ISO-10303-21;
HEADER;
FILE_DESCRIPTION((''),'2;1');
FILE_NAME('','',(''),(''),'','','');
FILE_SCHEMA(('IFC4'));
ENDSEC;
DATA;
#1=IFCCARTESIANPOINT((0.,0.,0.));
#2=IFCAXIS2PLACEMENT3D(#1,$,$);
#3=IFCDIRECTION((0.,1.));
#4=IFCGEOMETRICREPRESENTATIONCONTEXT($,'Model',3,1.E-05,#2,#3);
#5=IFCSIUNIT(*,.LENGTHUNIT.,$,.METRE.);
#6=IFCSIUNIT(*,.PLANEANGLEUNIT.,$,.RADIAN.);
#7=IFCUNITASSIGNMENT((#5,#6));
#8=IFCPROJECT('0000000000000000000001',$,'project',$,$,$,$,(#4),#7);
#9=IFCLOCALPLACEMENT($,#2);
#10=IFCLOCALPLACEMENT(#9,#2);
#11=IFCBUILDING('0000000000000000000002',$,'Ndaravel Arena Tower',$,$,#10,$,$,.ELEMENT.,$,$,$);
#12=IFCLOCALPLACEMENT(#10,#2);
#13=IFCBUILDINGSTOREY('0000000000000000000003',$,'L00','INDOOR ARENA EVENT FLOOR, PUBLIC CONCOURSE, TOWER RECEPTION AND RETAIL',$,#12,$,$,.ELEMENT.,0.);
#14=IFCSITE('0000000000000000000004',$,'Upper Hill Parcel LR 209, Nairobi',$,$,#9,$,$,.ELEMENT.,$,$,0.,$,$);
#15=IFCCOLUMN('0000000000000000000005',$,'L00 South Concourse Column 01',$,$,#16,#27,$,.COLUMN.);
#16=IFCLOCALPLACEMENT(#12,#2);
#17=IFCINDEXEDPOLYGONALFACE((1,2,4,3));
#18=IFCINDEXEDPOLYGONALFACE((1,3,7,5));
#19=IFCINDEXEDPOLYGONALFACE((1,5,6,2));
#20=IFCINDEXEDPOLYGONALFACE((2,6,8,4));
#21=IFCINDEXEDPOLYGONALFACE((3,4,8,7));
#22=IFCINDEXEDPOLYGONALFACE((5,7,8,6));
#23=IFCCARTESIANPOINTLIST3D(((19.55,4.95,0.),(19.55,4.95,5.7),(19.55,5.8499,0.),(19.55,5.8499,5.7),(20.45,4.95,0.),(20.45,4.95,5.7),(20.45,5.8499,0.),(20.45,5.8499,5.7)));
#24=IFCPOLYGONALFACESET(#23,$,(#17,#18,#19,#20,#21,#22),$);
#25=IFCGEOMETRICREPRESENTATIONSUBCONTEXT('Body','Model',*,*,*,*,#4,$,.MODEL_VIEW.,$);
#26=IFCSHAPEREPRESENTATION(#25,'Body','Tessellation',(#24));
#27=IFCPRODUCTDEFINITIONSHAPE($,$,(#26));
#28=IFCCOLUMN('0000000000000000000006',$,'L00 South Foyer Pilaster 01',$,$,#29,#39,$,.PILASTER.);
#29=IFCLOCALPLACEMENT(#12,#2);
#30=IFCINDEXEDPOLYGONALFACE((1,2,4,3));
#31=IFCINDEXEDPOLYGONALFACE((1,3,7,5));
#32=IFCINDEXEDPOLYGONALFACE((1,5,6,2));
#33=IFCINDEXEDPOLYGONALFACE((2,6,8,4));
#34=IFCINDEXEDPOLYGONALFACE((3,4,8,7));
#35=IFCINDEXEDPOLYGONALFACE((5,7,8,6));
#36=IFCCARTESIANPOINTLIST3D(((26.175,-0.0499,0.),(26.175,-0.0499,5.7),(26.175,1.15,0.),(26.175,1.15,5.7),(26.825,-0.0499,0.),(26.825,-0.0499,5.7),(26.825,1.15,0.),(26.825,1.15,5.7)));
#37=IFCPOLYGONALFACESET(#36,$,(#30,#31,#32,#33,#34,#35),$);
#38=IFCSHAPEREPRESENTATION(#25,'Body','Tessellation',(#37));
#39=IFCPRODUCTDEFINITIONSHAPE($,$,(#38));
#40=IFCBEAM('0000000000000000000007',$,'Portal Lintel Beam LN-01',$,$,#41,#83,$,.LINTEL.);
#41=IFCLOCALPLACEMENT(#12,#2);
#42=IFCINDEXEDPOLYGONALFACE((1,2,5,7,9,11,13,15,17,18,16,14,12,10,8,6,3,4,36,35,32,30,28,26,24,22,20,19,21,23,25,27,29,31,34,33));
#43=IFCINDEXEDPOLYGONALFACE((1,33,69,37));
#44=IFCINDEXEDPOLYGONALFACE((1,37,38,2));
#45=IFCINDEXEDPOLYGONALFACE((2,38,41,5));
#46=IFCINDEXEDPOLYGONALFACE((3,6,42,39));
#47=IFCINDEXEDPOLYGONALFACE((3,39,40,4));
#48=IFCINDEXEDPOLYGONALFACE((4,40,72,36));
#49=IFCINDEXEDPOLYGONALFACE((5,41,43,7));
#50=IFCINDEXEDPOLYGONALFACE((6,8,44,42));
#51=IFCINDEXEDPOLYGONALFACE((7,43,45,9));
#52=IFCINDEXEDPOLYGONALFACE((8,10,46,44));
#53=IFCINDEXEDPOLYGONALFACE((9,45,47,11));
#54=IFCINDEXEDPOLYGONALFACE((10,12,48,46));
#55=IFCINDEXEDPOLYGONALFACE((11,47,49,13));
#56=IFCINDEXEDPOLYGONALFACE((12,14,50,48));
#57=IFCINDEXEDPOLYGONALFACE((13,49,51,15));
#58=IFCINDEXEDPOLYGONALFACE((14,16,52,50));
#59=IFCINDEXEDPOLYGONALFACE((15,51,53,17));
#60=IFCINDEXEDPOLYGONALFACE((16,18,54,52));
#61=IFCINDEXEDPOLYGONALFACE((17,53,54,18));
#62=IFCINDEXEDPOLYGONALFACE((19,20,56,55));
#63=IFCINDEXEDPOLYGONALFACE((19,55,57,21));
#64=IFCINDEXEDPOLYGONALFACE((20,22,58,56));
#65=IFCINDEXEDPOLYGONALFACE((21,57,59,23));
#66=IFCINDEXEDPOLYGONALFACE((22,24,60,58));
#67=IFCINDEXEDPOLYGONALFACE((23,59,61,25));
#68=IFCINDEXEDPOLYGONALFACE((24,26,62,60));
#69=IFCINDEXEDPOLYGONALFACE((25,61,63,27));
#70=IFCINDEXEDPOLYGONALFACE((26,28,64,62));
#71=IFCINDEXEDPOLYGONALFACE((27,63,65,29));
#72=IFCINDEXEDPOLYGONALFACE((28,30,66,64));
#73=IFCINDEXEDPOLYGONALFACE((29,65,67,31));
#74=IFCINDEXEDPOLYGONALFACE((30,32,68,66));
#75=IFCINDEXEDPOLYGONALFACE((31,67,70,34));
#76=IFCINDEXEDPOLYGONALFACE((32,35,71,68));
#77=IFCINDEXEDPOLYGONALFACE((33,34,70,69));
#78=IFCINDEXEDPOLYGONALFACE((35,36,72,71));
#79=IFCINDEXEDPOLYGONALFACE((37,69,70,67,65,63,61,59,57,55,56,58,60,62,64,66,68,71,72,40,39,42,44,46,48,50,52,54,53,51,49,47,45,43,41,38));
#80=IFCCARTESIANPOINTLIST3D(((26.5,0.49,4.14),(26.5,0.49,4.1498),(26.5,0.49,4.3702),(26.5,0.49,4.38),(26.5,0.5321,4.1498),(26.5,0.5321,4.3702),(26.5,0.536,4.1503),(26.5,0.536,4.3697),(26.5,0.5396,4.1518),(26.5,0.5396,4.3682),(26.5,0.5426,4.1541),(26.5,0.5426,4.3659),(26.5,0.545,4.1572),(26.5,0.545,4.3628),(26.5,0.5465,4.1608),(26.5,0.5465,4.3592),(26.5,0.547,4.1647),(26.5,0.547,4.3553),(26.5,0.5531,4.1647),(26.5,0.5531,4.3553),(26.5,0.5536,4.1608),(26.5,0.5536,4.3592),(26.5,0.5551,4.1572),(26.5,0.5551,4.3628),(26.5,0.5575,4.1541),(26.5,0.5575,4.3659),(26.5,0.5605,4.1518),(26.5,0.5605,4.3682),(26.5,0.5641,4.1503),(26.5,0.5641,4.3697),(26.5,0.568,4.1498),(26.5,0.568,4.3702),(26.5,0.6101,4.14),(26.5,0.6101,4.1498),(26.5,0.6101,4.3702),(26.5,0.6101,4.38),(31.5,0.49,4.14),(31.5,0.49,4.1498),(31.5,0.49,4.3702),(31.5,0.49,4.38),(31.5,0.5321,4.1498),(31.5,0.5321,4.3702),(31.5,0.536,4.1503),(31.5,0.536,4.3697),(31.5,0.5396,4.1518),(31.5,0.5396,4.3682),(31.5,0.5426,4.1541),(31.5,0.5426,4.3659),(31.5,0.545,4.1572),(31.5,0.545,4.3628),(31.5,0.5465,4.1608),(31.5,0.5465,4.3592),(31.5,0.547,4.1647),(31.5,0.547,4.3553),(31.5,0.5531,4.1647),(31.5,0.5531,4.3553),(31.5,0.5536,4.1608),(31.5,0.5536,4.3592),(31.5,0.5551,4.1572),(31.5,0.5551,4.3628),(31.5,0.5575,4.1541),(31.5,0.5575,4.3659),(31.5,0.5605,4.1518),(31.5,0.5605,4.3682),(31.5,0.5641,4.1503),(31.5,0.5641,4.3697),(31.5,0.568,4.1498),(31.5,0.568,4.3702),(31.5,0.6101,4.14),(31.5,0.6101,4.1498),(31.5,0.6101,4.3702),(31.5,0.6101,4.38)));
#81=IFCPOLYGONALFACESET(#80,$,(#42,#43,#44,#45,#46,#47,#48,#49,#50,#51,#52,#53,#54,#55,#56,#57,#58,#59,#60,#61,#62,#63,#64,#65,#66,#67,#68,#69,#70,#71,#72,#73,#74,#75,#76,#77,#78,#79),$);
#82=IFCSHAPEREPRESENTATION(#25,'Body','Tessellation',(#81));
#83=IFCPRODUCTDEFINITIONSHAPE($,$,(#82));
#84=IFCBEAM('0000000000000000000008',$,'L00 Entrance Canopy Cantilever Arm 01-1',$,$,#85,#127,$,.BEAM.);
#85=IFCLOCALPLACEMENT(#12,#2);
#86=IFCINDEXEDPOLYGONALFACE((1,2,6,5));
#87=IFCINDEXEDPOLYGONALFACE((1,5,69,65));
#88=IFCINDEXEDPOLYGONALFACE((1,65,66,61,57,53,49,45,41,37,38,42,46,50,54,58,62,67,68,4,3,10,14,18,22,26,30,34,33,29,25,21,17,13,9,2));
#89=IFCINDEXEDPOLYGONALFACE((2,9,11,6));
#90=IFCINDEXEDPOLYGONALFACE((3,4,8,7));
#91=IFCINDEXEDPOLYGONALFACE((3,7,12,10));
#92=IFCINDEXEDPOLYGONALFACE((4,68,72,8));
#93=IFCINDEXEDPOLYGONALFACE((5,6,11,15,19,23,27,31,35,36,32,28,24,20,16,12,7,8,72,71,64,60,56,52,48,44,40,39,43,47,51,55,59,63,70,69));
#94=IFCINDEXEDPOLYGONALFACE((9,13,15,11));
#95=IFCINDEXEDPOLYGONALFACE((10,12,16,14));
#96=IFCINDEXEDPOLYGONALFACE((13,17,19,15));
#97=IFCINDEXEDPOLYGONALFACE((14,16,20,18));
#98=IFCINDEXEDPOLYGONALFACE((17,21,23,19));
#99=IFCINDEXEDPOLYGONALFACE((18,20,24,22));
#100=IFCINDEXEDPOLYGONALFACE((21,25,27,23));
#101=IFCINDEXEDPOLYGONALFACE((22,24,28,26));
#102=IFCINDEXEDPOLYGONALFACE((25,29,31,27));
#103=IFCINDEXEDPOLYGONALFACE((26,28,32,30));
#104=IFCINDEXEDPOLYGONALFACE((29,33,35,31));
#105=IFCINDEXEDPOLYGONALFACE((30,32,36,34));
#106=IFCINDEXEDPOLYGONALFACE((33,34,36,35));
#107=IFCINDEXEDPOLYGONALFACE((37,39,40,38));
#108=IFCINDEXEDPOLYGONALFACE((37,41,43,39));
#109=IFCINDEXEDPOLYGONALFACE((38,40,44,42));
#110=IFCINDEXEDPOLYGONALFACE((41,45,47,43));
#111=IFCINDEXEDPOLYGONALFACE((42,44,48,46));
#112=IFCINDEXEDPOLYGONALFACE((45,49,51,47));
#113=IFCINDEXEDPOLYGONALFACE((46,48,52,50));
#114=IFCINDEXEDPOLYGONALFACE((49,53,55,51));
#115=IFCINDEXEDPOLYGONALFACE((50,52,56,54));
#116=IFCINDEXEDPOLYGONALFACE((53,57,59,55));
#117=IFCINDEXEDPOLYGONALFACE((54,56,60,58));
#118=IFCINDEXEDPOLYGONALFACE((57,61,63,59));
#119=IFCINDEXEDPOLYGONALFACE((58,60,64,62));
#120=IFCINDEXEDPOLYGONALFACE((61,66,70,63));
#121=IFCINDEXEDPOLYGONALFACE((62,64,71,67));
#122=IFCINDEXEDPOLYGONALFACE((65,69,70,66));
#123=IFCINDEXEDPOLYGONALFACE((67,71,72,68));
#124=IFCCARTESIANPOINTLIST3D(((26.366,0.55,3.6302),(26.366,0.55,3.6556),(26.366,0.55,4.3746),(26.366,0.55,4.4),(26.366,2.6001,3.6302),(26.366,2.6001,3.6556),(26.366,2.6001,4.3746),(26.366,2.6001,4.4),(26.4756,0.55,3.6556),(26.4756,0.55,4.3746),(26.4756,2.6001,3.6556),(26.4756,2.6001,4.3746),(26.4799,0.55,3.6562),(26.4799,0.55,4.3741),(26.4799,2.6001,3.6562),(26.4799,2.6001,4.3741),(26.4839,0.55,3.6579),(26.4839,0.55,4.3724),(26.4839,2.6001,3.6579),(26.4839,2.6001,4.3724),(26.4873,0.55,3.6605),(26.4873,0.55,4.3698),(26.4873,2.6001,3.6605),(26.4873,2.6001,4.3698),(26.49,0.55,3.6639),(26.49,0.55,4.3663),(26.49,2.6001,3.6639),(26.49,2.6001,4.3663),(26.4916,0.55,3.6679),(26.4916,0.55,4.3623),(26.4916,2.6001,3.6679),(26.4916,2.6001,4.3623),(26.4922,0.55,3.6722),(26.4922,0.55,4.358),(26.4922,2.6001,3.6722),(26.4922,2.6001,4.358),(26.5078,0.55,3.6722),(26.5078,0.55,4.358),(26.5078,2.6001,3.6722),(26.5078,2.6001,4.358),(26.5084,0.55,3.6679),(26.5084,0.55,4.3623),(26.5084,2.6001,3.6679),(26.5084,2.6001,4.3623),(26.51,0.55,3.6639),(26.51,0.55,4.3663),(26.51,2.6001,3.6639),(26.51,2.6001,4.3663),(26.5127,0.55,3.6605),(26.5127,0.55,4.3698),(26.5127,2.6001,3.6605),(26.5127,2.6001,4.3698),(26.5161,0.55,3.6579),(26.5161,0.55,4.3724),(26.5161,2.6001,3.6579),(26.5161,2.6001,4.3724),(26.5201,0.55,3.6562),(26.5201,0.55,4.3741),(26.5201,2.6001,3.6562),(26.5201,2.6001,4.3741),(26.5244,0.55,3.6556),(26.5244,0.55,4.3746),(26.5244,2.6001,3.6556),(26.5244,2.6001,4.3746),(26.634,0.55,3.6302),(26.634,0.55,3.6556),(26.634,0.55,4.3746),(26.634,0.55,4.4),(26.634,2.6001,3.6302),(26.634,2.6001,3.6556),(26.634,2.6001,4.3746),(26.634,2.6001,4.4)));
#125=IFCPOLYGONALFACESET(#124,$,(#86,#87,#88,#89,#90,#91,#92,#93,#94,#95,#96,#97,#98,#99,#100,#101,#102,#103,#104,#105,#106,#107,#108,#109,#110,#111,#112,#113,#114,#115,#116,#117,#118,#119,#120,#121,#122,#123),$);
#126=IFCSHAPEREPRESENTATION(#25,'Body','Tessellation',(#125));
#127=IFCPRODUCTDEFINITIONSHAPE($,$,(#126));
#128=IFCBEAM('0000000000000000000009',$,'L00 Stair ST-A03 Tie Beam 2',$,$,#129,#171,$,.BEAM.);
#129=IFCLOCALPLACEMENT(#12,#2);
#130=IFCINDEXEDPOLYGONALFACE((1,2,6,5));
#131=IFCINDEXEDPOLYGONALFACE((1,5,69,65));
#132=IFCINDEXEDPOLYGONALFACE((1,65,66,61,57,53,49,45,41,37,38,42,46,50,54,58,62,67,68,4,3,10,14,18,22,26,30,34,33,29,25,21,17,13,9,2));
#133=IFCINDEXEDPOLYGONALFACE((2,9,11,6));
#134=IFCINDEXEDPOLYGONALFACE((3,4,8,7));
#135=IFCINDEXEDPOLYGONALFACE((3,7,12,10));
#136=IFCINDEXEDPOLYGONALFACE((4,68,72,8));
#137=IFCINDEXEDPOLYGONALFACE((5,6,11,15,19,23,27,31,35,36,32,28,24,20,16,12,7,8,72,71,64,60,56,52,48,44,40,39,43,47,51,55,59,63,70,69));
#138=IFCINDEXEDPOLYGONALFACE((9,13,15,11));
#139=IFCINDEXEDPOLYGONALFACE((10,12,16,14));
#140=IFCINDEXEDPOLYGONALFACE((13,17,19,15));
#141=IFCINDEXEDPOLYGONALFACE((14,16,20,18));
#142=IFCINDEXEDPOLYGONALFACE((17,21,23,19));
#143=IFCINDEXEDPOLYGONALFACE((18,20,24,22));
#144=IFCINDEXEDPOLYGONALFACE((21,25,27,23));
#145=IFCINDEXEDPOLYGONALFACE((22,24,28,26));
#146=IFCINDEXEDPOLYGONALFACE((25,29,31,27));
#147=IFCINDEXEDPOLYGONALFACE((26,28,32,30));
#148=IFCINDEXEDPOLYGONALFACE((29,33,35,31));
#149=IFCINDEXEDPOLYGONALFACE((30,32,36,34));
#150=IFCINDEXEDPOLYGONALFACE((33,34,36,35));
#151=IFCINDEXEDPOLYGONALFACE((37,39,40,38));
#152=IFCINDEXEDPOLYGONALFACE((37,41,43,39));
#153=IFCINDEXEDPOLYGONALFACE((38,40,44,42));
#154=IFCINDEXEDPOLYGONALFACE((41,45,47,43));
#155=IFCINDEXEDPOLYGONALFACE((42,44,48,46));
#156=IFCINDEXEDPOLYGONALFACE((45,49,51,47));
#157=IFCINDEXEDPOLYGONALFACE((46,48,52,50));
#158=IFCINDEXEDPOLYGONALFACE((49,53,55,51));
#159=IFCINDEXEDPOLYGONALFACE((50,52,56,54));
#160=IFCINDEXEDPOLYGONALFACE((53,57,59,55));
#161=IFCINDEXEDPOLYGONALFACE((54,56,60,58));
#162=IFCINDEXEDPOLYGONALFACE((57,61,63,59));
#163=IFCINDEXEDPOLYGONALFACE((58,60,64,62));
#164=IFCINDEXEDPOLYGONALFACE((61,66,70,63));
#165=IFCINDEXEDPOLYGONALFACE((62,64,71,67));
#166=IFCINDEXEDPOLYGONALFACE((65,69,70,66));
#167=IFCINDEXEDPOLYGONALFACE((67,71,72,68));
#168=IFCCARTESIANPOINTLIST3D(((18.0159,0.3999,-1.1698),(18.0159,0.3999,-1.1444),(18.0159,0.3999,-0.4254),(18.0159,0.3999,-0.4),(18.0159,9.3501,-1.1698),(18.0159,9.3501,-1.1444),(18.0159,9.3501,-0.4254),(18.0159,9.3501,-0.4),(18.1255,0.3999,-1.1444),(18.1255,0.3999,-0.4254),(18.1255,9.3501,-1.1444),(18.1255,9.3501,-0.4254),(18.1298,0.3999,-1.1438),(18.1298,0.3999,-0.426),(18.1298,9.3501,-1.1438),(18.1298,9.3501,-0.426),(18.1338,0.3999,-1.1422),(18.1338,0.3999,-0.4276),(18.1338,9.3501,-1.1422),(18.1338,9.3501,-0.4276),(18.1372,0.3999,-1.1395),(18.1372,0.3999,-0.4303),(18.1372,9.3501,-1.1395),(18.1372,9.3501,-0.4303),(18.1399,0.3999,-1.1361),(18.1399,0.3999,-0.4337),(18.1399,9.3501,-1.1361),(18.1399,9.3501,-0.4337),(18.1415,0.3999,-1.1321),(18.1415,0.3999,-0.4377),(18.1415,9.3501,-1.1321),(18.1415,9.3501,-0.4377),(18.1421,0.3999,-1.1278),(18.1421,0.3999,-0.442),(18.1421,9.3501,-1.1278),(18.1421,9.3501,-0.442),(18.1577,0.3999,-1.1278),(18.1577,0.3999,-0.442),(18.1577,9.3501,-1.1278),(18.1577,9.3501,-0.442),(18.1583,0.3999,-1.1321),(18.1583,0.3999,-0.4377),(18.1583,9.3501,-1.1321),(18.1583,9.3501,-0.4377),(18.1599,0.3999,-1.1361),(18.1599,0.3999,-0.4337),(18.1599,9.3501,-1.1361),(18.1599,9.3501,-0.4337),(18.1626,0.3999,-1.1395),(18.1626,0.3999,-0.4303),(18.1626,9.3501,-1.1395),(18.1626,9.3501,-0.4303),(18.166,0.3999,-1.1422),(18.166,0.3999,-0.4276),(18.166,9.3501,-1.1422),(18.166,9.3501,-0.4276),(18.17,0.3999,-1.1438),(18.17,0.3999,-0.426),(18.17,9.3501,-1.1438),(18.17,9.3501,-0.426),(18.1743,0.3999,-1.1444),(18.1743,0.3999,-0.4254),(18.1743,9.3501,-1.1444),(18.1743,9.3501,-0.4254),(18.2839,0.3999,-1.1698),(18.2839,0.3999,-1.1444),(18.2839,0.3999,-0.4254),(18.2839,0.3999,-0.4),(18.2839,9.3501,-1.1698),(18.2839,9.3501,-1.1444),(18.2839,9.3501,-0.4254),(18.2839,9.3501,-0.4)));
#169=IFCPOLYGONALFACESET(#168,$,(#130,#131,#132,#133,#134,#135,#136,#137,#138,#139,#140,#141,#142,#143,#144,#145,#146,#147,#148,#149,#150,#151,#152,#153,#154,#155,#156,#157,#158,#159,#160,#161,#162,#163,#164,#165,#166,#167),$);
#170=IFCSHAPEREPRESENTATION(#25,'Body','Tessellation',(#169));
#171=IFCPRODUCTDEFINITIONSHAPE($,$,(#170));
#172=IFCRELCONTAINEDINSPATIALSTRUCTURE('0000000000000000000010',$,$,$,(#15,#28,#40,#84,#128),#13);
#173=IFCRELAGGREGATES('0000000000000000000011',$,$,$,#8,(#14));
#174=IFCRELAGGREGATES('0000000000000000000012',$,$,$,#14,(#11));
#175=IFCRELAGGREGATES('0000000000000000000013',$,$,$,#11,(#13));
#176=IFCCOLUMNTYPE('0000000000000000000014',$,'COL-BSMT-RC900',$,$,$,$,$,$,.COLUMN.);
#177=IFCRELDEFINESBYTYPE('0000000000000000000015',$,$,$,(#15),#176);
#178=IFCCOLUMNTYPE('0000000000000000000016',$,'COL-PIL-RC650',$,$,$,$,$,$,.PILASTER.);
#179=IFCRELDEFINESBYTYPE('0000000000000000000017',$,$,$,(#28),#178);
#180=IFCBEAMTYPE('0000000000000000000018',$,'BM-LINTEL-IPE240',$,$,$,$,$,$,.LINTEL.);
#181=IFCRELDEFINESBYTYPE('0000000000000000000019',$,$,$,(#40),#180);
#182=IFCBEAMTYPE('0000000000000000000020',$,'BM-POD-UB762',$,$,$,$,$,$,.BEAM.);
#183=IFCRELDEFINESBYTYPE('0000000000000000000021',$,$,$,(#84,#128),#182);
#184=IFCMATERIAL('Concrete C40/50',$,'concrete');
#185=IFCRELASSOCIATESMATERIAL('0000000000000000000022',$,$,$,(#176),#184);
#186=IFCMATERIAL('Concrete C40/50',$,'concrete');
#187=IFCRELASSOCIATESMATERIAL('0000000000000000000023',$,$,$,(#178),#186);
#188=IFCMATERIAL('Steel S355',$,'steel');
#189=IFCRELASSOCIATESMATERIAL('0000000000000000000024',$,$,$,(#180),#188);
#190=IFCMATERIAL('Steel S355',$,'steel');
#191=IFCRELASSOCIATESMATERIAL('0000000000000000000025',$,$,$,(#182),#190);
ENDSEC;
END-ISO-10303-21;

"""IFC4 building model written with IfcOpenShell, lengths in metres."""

from ifc_helpers import new_model, si_unit, direction, frame, origin, origin_2d, place, context, subcontext, project, spatial, rectangle, i_section, extrude, material, material_profile, profile_set, type_object, element, save


model = new_model("IFC4")

# Units and contexts
model_context = context("Model", 3, precision=1e-05, world=origin(), true_north=direction((0.0, 1.0)))
body_context = subcontext(model_context, "Body", "Model", "MODEL_VIEW")
ifc_project = project(units=[si_unit("LENGTHUNIT", "METRE"), si_unit("PLANEANGLEUNIT", "RADIAN")], contexts=[model_context])

# Site, building, storey
site_placement = place(None, origin())
site = spatial("IfcSite", under=ifc_project, at=site_placement, Name="Upper Hill Parcel LR 209, Nairobi", CompositionType="ELEMENT", RefElevation=0.0)
building_placement = place(site_placement, origin())
building = spatial("IfcBuilding", under=site, at=building_placement, Name="Ndaravel Arena Tower", CompositionType="ELEMENT")
storey_placement = place(building_placement, origin())
storey = spatial("IfcBuildingStorey", under=building, at=storey_placement, Name="L00", Description="INDOOR ARENA EVENT FLOOR, PUBLIC CONCOURSE, TOWER RECEPTION AND RETAIL", CompositionType="ELEMENT", Elevation=0.0)

# Columns
ifc_material_1 = material(Name="Concrete C40/50", Category="concrete")
ifc_material_profile_1 = material_profile(ifc_material_1, rectangle(XDim=0.8999, YDim=0.8999, at=origin_2d()), Name="RC 900x900")
ifc_profile_set_1 = profile_set([ifc_material_profile_1], Name="Concrete C40/50")
column_type_1 = type_object("IfcColumnType", Name="COL-BSMT-RC900", PredefinedType="COLUMN", material=ifc_profile_set_1)
column_1_placement = place(storey_placement, frame((20.0, 5.3999, 0.0), z_axis=(0.0, 0.0, 1.0), x_axis=(1.0, 0.0, 0.0)))
element("IfcColumn", 1, at=column_1_placement, inside=storey, type_object=column_type_1, Name="L00 South Concourse Column 01", PredefinedType="COLUMN", context=body_context, shape_type="SweptSolid", body=[
    extrude(rectangle(XDim=0.8999, YDim=0.8999, at=origin_2d()), origin(), (0.0, 0.0, 1.0), 5.7),
])
ifc_material_2 = material(Name="Concrete C40/50", Category="concrete")
ifc_material_profile_2 = material_profile(ifc_material_2, rectangle(XDim=0.6499, YDim=1.2, at=origin_2d()), Name="RC 650x1200")
ifc_profile_set_2 = profile_set([ifc_material_profile_2], Name="Concrete C40/50")
column_type_2 = type_object("IfcColumnType", Name="COL-PIL-RC650", PredefinedType="PILASTER", material=ifc_profile_set_2)
column_2_placement = place(storey_placement, frame((26.5, 0.55, 0.0), z_axis=(0.0, 0.0, 1.0), x_axis=(1.0, 0.0, 0.0)))
element("IfcColumn", 2, at=column_2_placement, inside=storey, type_object=column_type_2, Name="L00 South Foyer Pilaster 01", PredefinedType="PILASTER", context=body_context, shape_type="SweptSolid", body=[
    extrude(rectangle(XDim=0.6499, YDim=1.2, at=origin_2d()), origin(), (0.0, 0.0, 1.0), 5.7),
])

# Beams
ifc_material_3 = material(Name="Steel S355", Category="steel")
ifc_material_profile_3 = material_profile(ifc_material_3, i_section(OverallWidth=0.1201, OverallDepth=0.24, WebThickness=0.0061, FlangeThickness=0.0098, FilletRadius=0.0149, at=origin_2d()), Name="IPE 240")
ifc_profile_set_3 = profile_set([ifc_material_profile_3], Name="Steel S355")
beam_type_1 = type_object("IfcBeamType", Name="BM-LINTEL-IPE240", PredefinedType="LINTEL", material=ifc_profile_set_3)
beam_1_placement = place(storey_placement, frame((26.5, 0.55, 4.26), z_axis=(1.0, 0.0, 0.0), x_axis=(0.0, 1.0, 0.0)))
element("IfcBeam", 3, at=beam_1_placement, inside=storey, type_object=beam_type_1, Name="Portal Lintel Beam LN-01", PredefinedType="LINTEL", context=body_context, shape_type="SweptSolid", body=[
    extrude(i_section(OverallWidth=0.1201, OverallDepth=0.24, WebThickness=0.0061, FlangeThickness=0.0098, FilletRadius=0.0149, at=origin_2d()), origin(), (0.0, 0.0, 1.0), 5.0),
])
ifc_material_4 = material(Name="Steel S355", Category="steel")
ifc_material_profile_4 = material_profile(ifc_material_4, i_section(OverallWidth=0.2681, OverallDepth=0.7698, WebThickness=0.0156, FlangeThickness=0.0254, FilletRadius=0.0166, at=origin_2d()), Name="UB 762x267x197")
ifc_profile_set_4 = profile_set([ifc_material_profile_4], Name="Steel S355")
beam_type_2 = type_object("IfcBeamType", Name="BM-POD-UB762", PredefinedType="BEAM", material=ifc_profile_set_4)
beam_2_placement = place(storey_placement, frame((26.5, 0.55, 4.0151), z_axis=(0.0, 1.0, 0.0), x_axis=(-1.0, 0.0, 0.0)))
element("IfcBeam", 4, at=beam_2_placement, inside=storey, type_object=beam_type_2, Name="L00 Entrance Canopy Cantilever Arm 01-1", PredefinedType="BEAM", context=body_context, shape_type="SweptSolid", body=[
    extrude(i_section(OverallWidth=0.2681, OverallDepth=0.7698, WebThickness=0.0156, FlangeThickness=0.0254, FilletRadius=0.0166, at=origin_2d()), origin(), (0.0, 0.0, 1.0), 2.05),
])
beam_3_placement = place(storey_placement, frame((18.1499, 0.3999, -0.7849), z_axis=(0.0, 1.0, 0.0), x_axis=(-1.0, 0.0, 0.0)))
element("IfcBeam", 5, at=beam_3_placement, inside=storey, type_object=beam_type_2, Name="L00 Stair ST-A03 Tie Beam 2", PredefinedType="BEAM", context=body_context, shape_type="SweptSolid", body=[
    extrude(i_section(OverallWidth=0.2681, OverallDepth=0.7698, WebThickness=0.0156, FlangeThickness=0.0254, FilletRadius=0.0166, at=origin_2d()), origin(), (0.0, 0.0, 1.0), 8.9502),
])

save(model, "model.ifc")
